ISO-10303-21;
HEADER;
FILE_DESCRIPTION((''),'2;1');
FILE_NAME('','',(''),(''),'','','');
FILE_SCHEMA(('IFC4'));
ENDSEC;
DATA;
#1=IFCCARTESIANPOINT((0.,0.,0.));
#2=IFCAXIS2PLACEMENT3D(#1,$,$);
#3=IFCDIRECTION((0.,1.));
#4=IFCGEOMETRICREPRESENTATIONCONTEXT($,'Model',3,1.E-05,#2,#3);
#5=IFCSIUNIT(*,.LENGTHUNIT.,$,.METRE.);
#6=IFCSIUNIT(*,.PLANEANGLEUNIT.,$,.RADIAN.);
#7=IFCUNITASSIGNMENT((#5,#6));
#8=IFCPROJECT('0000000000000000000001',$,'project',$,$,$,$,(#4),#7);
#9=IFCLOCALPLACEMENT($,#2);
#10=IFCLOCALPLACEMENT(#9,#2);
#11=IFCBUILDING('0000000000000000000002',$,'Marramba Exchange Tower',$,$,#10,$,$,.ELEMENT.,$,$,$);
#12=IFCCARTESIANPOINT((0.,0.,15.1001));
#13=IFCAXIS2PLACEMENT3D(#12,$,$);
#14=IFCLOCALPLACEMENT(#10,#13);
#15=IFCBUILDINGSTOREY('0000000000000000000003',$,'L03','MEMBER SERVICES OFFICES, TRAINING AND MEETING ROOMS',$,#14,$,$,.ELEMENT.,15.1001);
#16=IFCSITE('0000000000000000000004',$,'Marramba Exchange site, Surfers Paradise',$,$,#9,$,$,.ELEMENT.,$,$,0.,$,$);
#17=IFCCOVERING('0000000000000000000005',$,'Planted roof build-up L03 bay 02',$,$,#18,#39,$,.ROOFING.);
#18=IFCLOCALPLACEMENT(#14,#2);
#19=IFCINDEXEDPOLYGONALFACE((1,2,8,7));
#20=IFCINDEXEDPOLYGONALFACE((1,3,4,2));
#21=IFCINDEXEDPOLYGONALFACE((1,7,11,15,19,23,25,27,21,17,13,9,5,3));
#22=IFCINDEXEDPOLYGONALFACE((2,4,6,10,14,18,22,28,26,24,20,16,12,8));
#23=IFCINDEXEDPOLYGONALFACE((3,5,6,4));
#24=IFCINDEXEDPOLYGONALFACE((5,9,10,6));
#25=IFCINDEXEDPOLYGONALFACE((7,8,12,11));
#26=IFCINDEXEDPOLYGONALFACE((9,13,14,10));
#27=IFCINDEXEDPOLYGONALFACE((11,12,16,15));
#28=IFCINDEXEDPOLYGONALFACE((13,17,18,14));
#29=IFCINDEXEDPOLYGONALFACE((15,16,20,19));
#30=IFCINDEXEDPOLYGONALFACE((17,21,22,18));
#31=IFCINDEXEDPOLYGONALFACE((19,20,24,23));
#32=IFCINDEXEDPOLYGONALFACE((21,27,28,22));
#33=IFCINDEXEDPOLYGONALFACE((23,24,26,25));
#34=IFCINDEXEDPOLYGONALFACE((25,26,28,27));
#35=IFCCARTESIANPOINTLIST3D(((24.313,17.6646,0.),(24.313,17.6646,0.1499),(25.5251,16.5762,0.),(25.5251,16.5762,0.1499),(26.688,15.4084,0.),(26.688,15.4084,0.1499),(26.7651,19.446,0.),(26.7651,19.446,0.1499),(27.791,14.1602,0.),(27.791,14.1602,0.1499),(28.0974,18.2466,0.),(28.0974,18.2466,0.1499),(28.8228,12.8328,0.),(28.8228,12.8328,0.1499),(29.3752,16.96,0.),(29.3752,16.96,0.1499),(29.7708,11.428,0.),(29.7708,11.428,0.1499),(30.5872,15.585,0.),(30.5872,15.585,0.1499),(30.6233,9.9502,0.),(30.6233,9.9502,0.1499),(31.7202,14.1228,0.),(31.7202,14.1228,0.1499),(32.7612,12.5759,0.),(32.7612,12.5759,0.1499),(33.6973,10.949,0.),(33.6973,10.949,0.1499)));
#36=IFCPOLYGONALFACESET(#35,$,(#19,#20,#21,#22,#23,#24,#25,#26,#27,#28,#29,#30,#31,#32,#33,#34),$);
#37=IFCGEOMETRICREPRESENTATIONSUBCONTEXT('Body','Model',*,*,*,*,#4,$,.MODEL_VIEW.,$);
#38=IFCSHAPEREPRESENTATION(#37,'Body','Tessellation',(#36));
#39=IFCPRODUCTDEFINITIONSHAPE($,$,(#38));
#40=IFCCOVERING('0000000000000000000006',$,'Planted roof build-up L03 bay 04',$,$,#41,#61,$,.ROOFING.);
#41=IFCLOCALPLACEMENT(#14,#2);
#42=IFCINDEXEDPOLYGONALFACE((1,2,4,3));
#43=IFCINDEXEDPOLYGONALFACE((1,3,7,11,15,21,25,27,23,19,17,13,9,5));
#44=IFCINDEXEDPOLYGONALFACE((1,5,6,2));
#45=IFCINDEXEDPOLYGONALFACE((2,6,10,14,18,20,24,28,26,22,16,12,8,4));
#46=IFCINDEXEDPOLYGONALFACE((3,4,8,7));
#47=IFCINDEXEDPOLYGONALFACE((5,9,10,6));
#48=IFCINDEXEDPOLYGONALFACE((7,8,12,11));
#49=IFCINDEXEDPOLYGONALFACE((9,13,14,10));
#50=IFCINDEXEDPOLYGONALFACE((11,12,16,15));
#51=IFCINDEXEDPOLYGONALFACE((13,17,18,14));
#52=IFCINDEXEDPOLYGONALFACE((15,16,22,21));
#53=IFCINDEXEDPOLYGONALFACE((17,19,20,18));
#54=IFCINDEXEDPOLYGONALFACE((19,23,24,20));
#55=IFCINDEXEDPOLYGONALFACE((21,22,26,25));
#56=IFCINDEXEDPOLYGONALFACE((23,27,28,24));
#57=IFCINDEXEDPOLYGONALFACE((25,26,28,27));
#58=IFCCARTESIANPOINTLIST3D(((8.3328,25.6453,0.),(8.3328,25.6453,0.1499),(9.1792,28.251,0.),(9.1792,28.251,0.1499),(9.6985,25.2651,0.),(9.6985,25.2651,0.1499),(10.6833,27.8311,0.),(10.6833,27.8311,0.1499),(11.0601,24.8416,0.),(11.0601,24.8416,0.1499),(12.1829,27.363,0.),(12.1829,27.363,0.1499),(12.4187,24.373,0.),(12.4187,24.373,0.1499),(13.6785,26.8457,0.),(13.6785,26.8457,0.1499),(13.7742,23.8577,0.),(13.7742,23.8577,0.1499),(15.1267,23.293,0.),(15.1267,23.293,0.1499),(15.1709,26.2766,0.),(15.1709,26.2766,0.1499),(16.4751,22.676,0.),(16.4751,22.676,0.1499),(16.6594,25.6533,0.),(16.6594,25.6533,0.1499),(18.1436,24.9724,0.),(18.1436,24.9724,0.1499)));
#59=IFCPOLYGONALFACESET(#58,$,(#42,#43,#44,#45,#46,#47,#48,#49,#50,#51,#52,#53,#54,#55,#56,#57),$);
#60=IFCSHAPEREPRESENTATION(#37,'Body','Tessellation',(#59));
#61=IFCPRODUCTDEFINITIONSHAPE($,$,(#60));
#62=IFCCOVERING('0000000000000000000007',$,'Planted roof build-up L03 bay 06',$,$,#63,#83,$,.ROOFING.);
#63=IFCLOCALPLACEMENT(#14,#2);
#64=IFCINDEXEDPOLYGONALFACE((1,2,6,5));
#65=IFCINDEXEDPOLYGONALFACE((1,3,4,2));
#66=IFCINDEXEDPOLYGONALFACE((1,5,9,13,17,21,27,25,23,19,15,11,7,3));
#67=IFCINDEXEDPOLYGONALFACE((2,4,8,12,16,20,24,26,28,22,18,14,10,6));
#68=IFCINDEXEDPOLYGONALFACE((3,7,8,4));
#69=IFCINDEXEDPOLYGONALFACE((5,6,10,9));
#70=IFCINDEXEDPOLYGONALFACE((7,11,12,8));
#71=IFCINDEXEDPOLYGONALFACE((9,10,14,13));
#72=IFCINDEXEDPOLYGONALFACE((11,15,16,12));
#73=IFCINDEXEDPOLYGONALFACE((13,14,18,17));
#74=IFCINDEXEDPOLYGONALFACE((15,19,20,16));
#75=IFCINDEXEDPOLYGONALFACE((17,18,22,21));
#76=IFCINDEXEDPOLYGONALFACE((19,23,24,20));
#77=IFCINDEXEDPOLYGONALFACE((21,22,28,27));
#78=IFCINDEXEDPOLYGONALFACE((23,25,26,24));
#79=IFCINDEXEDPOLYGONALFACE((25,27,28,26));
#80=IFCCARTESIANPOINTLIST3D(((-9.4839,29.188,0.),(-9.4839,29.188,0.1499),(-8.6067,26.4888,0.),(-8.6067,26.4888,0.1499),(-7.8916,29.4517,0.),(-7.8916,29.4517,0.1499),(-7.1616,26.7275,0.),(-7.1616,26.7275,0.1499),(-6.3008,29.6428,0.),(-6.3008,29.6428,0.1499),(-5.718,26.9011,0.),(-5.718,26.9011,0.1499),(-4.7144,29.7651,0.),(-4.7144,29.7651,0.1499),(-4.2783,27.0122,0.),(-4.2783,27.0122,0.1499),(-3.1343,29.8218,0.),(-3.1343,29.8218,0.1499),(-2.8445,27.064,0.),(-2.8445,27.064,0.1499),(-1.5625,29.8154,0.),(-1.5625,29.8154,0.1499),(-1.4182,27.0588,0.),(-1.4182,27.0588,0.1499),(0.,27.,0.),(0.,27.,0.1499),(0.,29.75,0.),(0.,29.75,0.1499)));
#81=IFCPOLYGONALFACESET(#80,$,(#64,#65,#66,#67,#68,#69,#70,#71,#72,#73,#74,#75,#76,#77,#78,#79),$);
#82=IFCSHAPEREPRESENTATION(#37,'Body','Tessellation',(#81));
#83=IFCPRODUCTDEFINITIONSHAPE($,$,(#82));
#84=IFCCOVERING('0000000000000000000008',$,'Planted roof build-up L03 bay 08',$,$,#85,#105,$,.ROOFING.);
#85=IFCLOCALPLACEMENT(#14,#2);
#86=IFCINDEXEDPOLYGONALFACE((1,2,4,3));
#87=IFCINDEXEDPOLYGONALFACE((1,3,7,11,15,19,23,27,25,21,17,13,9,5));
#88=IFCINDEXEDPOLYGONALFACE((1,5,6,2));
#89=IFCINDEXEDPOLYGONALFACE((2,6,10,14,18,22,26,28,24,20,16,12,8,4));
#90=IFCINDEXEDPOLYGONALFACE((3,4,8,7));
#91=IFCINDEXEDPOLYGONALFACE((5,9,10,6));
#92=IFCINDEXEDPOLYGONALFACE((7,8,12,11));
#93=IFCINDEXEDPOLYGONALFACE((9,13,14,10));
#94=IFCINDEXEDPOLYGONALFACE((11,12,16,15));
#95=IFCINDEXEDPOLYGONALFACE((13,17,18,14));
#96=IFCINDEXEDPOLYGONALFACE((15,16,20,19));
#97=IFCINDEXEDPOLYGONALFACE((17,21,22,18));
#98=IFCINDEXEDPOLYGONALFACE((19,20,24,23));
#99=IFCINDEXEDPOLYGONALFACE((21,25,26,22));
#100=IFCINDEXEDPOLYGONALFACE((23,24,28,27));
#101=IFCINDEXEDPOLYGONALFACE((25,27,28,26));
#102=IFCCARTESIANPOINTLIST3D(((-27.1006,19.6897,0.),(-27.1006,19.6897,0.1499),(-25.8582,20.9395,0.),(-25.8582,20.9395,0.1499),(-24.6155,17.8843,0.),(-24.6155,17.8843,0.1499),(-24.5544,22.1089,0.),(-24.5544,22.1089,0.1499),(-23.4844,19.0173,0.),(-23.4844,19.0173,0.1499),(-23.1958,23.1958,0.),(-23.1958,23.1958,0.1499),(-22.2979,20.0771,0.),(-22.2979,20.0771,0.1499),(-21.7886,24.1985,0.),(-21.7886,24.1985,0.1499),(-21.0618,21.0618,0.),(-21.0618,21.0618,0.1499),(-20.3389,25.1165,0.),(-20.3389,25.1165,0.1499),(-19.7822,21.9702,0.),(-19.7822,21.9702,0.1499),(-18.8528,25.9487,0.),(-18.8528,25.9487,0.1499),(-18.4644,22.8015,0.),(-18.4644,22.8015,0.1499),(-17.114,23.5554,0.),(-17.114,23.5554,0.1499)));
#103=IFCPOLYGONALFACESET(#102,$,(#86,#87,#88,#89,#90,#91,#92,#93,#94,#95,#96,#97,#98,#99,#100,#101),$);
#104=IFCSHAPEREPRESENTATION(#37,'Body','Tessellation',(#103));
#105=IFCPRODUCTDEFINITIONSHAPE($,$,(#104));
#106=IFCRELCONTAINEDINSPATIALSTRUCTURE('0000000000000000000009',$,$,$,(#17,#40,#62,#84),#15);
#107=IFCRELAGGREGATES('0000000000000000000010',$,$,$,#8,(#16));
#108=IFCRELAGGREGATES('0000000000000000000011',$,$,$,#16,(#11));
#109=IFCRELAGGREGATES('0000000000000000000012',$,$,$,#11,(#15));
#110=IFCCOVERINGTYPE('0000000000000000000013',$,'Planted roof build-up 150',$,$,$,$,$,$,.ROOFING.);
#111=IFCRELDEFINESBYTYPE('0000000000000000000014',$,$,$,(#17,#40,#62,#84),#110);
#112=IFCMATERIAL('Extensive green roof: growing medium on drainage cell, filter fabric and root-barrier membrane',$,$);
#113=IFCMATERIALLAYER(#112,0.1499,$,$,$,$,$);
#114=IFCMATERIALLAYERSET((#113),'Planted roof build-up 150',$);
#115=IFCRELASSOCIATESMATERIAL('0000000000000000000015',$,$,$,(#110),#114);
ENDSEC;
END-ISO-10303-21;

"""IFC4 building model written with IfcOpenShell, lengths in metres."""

from ifc_helpers import new_model, si_unit, direction, frame, origin, place, context, subcontext, project, spatial, polyline, outline, extrude, material, layer, layer_set, type_object, element, save


model = new_model("IFC4")

# Units and contexts
model_context = context("Model", 3, precision=1e-05, world=origin(), true_north=direction((0.0, 1.0)))
body_context = subcontext(model_context, "Body", "Model", "MODEL_VIEW")
ifc_project = project(units=[si_unit("LENGTHUNIT", "METRE"), si_unit("PLANEANGLEUNIT", "RADIAN")], contexts=[model_context])

# Site, building, storey
site_placement = place(None, origin())
site = spatial("IfcSite", under=ifc_project, at=site_placement, Name="Marramba Exchange site, Surfers Paradise", CompositionType="ELEMENT", RefElevation=0.0)
building_placement = place(site_placement, origin())
building = spatial("IfcBuilding", under=site, at=building_placement, Name="Marramba Exchange Tower", CompositionType="ELEMENT")
storey_placement = place(building_placement, frame((0.0, 0.0, 15.1001)))
storey = spatial("IfcBuildingStorey", under=building, at=storey_placement, Name="L03", Description="MEMBER SERVICES OFFICES, TRAINING AND MEETING ROOMS", CompositionType="ELEMENT", Elevation=15.1001)

# Coverings
ifc_material_1 = material(Name="Extensive green roof: growing medium on drainage cell, filter fabric and root-barrier membrane")
ifc_layer_1 = layer(ifc_material_1, 0.1499)
ifc_layer_set_1 = layer_set([ifc_layer_1], Name="Planted roof build-up 150")
covering_type = type_object("IfcCoveringType", Name="Planted roof build-up 150", PredefinedType="ROOFING", material=ifc_layer_set_1)
covering_1_placement = place(storey_placement, origin())
element("IfcCovering", 1, at=covering_1_placement, inside=storey, type_object=covering_type, Name="Planted roof build-up L03 bay 02", PredefinedType="ROOFING", context=body_context, shape_type="SweptSolid", body=[
    extrude(outline(polyline([(30.6233, 9.9502), (29.7708, 11.428), (28.8228, 12.8328), (27.791, 14.1602), (26.688, 15.4084), (25.5251, 16.5762), (24.313, 17.6646), (26.7651, 19.446), (26.7651, 19.446), (28.0974, 18.2466), (29.3752, 16.96), (30.5872, 15.585), (31.7202, 14.1228), (32.7612, 12.5759), (33.6973, 10.949), (33.6973, 10.949), (30.6233, 9.9502)])), origin(), (0.0, 0.0, 1.0), 0.1499),
])
covering_2_placement = place(storey_placement, origin())
element("IfcCovering", 2, at=covering_2_placement, inside=storey, type_object=covering_type, Name="Planted roof build-up L03 bay 04", PredefinedType="ROOFING", context=body_context, shape_type="SweptSolid", body=[
    extrude(outline(polyline([(16.4751, 22.676), (15.1267, 23.293), (13.7742, 23.8577), (12.4187, 24.373), (11.0601, 24.8416), (9.6985, 25.2651), (8.3328, 25.6453), (9.1792, 28.251), (9.1792, 28.251), (10.6833, 27.8311), (12.1829, 27.363), (13.6785, 26.8457), (15.1709, 26.2766), (16.6594, 25.6533), (18.1436, 24.9724), (16.4751, 22.676)])), origin(), (0.0, 0.0, 1.0), 0.1499),
])
covering_3_placement = place(storey_placement, origin())
element("IfcCovering", 3, at=covering_3_placement, inside=storey, type_object=covering_type, Name="Planted roof build-up L03 bay 06", PredefinedType="ROOFING", context=body_context, shape_type="SweptSolid", body=[
    extrude(outline(polyline([(0.0, 27.0), (-1.4182, 27.0588), (-2.8445, 27.064), (-4.2783, 27.0122), (-5.718, 26.9011), (-7.1616, 26.7275), (-8.6067, 26.4888), (-9.4839, 29.188), (-7.8916, 29.4517), (-6.3008, 29.6428), (-4.7144, 29.7651), (-3.1343, 29.8218), (-1.5625, 29.8154), (0.0, 29.75), (0.0, 27.0)])), origin(), (0.0, 0.0, 1.0), 0.1499),
])
covering_4_placement = place(storey_placement, origin())
element("IfcCovering", 4, at=covering_4_placement, inside=storey, type_object=covering_type, Name="Planted roof build-up L03 bay 08", PredefinedType="ROOFING", context=body_context, shape_type="SweptSolid", body=[
    extrude(outline(polyline([(-17.114, 23.5554), (-18.4644, 22.8015), (-19.7822, 21.9702), (-21.0618, 21.0618), (-22.2979, 20.0771), (-23.4844, 19.0173), (-24.6155, 17.8843), (-27.1006, 19.6897), (-25.8582, 20.9395), (-24.5544, 22.1089), (-23.1958, 23.1958), (-21.7886, 24.1985), (-20.3389, 25.1165), (-18.8528, 25.9487), (-18.8528, 25.9487), (-17.114, 23.5554)])), origin(), (0.0, 0.0, 1.0), 0.1499),
])

save(model, "model.ifc")
